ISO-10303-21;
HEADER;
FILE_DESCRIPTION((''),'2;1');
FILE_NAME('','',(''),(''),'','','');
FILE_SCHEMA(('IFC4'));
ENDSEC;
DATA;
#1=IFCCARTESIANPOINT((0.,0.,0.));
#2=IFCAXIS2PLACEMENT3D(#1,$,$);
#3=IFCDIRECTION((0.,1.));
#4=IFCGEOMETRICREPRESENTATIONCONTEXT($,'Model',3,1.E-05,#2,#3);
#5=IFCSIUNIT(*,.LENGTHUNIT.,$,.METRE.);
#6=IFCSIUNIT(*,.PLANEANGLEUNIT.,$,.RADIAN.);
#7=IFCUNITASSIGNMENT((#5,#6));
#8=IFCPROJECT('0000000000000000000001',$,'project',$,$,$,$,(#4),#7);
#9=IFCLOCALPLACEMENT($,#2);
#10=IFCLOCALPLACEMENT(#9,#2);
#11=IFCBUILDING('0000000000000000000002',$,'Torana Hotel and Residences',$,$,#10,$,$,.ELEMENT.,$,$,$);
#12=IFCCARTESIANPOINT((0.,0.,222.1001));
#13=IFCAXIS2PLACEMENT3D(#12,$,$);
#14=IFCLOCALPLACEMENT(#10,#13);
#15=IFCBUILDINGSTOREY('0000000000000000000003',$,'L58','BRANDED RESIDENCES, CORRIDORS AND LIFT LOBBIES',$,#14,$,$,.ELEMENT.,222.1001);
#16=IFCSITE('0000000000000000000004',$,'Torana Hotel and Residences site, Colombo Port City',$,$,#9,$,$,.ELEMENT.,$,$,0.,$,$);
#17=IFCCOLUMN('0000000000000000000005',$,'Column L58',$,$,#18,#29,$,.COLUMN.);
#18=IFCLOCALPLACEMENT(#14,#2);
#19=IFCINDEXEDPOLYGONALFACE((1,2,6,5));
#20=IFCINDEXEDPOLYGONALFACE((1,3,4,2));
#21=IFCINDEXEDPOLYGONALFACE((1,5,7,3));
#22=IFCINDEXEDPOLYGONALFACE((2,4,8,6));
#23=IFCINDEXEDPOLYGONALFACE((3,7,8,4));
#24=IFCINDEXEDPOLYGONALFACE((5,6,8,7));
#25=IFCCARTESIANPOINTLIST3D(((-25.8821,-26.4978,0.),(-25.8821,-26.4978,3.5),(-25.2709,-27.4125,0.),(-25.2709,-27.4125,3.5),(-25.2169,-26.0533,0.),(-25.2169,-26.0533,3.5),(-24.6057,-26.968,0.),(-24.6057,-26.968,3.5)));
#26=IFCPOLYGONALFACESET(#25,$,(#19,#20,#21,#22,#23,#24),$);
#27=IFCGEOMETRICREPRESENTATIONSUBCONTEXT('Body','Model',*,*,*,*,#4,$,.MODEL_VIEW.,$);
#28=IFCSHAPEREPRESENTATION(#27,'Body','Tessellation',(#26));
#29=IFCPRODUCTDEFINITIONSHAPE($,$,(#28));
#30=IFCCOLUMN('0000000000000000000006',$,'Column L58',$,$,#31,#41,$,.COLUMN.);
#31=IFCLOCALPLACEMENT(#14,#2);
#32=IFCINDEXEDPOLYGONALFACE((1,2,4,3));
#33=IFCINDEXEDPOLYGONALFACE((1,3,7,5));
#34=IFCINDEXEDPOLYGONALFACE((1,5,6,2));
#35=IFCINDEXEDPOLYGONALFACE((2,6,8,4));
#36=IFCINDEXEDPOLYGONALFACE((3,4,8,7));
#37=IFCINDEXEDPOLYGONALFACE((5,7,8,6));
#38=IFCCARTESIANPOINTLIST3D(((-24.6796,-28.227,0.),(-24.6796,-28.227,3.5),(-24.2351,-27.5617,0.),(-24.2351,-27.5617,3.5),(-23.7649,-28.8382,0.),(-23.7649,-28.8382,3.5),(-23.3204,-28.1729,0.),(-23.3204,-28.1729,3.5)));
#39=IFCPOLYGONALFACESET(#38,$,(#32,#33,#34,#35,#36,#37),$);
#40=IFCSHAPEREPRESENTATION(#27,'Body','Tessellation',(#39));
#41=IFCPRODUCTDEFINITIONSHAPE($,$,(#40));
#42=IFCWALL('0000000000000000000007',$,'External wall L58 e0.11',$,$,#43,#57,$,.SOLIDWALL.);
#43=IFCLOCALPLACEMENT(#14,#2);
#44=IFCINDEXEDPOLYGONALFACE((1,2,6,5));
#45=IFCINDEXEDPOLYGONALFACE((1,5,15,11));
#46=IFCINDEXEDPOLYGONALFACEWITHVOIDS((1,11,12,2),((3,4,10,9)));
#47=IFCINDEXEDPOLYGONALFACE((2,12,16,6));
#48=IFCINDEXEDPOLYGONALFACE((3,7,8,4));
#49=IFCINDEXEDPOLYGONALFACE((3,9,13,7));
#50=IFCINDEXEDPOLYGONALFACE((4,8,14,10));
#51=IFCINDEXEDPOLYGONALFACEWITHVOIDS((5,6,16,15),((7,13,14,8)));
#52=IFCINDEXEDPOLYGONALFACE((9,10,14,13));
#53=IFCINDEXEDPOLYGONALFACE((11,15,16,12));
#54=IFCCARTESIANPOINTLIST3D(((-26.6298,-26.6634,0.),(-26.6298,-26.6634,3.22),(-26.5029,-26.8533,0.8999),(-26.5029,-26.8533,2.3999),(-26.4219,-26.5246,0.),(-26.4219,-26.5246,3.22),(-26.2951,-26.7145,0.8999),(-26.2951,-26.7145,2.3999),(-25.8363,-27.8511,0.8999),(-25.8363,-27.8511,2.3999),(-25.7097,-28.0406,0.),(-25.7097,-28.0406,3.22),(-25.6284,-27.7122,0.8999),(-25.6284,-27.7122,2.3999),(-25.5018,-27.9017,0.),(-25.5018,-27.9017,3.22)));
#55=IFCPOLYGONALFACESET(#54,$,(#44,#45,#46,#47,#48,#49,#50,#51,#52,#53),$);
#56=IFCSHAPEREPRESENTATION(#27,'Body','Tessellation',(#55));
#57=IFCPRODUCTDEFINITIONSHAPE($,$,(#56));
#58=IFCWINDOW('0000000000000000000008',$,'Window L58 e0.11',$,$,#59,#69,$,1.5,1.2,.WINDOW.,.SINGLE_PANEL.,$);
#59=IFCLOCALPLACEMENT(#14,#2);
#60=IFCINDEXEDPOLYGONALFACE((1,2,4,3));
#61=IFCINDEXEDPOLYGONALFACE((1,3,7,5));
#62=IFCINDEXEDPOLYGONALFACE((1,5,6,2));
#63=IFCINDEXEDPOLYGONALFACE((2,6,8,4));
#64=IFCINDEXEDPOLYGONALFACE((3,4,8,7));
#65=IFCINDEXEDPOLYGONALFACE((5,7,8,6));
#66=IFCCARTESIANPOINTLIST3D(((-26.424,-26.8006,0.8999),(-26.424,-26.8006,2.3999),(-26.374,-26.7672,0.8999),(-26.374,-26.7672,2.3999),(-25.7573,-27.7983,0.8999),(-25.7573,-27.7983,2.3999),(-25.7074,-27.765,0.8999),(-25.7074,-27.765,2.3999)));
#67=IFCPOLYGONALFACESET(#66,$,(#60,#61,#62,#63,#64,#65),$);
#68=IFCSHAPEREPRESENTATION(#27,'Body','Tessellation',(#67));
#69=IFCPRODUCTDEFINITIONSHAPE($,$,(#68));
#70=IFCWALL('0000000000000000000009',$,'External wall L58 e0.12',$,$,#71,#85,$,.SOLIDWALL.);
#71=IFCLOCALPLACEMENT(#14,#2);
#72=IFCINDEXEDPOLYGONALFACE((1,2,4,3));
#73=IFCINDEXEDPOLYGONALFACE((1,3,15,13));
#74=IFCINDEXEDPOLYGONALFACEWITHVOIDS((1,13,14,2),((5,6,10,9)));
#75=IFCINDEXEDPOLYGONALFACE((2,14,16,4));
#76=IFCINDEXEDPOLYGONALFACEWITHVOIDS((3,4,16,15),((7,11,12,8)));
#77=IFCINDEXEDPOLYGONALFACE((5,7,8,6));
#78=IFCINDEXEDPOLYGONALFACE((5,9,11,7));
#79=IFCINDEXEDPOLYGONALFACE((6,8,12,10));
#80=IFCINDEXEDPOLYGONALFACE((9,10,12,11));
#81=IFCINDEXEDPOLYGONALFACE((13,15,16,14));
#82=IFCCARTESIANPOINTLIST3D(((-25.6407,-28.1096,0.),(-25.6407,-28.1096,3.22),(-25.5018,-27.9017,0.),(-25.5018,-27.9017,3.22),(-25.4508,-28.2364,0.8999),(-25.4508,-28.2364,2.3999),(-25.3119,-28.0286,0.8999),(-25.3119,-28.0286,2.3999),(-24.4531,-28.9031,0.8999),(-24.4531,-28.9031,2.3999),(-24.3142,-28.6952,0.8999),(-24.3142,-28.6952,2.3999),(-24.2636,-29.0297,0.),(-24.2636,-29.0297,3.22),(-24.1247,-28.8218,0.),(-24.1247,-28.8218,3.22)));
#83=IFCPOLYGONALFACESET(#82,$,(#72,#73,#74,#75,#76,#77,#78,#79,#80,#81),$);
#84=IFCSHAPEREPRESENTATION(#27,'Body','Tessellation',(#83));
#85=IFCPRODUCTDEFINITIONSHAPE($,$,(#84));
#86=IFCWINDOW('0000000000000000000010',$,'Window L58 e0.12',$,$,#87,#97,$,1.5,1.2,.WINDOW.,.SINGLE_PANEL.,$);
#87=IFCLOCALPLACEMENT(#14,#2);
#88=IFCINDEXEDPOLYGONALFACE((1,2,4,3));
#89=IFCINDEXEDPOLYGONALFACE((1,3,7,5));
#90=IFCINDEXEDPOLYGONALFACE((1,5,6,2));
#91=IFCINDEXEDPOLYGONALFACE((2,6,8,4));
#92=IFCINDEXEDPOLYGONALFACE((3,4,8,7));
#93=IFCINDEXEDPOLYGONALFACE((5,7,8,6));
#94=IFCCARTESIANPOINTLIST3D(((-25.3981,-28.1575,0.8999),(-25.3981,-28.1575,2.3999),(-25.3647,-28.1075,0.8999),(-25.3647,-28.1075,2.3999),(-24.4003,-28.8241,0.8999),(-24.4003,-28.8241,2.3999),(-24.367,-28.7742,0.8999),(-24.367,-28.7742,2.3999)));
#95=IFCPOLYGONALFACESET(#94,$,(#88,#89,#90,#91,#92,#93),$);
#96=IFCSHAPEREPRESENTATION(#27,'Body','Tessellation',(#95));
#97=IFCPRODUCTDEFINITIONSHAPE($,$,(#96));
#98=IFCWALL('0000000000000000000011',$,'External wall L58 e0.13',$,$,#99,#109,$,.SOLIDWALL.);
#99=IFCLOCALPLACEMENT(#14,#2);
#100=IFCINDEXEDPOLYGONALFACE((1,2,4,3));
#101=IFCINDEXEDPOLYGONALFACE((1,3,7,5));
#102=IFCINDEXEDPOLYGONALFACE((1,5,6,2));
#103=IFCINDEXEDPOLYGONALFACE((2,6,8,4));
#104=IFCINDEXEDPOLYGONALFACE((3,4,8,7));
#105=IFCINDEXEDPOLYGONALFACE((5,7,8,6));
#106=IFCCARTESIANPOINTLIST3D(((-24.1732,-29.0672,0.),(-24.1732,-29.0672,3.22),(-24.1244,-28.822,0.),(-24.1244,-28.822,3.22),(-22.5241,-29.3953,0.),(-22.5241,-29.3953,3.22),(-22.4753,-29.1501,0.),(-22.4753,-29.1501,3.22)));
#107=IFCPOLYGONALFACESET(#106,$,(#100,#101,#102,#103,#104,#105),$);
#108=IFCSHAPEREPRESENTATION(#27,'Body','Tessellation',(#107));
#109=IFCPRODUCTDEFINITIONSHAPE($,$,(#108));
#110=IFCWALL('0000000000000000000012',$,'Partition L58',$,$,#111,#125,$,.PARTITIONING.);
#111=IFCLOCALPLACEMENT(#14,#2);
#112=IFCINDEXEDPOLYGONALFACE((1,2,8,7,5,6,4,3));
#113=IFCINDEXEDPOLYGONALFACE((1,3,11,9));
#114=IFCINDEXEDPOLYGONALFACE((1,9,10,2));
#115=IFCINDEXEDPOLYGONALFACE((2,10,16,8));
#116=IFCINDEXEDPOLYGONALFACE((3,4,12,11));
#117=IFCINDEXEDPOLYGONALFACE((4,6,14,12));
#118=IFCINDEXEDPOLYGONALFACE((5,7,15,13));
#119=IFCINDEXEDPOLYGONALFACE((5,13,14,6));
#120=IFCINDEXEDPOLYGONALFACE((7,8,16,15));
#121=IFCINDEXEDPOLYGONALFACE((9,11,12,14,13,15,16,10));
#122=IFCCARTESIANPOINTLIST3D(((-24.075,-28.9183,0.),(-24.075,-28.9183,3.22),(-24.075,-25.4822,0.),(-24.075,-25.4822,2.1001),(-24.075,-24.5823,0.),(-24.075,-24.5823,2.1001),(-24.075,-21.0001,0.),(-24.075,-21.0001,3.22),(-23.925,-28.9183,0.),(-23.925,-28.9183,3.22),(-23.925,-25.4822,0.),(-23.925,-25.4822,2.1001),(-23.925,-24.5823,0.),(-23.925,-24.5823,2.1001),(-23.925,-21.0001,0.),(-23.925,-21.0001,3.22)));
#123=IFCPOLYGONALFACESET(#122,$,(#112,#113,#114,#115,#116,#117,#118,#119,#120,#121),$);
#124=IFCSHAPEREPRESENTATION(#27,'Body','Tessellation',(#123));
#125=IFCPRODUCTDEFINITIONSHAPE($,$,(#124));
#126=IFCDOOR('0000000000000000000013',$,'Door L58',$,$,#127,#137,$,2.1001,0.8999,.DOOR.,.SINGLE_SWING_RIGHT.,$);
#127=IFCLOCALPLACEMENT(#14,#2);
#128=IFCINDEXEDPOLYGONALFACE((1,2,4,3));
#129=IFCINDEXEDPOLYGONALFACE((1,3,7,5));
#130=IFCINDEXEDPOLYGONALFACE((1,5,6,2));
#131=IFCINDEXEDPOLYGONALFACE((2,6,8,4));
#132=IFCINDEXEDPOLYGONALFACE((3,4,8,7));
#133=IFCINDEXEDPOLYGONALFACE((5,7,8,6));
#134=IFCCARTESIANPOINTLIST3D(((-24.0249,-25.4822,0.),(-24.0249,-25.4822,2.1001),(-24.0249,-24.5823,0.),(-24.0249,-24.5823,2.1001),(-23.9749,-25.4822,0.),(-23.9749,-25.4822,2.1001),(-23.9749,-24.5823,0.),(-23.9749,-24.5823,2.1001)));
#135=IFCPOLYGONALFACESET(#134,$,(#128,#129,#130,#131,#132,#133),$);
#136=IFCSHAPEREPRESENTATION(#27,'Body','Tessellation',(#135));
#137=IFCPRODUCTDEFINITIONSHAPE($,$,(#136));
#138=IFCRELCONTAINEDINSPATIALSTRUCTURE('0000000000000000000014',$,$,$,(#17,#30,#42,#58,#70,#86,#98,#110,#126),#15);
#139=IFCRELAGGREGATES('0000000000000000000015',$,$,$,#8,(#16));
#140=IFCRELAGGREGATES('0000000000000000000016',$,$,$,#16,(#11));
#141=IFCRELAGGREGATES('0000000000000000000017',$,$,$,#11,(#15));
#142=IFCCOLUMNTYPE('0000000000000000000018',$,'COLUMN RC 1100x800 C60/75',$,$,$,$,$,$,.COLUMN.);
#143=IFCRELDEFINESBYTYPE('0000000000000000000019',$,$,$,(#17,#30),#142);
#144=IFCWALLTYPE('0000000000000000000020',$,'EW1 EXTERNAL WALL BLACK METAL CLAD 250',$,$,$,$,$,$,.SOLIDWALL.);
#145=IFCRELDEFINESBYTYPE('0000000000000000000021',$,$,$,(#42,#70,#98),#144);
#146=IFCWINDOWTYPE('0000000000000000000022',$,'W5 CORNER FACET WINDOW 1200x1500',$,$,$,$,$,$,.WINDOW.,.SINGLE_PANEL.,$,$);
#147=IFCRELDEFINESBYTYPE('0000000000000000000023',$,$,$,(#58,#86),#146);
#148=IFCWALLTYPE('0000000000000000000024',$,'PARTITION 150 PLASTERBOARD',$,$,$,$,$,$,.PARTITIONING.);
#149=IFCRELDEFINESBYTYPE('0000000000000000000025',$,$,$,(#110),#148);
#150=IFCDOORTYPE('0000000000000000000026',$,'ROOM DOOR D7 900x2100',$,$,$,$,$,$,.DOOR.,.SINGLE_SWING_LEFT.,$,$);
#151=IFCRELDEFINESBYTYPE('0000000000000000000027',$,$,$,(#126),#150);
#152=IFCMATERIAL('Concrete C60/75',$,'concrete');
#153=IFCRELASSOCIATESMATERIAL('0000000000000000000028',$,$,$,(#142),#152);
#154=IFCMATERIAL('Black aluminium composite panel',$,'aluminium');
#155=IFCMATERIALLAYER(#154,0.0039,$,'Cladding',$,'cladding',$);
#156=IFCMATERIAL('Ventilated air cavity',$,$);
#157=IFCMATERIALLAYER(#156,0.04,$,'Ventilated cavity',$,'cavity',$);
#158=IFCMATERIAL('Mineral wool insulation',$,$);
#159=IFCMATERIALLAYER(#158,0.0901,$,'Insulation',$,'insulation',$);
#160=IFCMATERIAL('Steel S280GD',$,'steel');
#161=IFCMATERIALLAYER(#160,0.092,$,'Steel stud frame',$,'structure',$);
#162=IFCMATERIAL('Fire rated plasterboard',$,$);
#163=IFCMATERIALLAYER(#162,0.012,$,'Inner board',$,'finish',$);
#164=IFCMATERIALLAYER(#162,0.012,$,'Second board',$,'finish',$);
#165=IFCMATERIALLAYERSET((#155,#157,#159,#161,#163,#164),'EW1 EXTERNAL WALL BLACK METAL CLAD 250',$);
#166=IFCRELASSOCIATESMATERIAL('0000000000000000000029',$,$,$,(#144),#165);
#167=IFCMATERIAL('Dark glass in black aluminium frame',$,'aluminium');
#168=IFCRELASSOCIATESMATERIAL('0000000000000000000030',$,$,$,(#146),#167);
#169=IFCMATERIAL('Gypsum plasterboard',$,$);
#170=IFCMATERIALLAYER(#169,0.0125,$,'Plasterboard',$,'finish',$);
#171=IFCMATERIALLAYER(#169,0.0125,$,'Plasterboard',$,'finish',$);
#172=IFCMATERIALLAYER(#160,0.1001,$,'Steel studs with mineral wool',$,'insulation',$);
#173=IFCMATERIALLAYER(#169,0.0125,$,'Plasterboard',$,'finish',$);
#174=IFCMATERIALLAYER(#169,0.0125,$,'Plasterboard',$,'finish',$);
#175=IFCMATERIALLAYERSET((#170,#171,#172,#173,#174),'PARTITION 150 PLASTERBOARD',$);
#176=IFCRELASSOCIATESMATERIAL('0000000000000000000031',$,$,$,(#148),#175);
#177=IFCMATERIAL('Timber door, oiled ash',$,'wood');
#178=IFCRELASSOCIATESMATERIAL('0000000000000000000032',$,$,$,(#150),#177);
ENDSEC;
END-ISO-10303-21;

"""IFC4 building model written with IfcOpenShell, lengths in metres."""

from ifc_helpers import new_model, si_unit, direction, frame, frame_2d, origin, origin_2d, place, context, subcontext, project, spatial, rectangle, extrude, material, layer, layer_set, material_profile, profile_set, type_object, element, fill, save


model = new_model("IFC4")

# Units and contexts
model_context = context("Model", 3, precision=1e-05, world=origin(), true_north=direction((0.0, 1.0)))
body_context = subcontext(model_context, "Body", "Model", "MODEL_VIEW")
ifc_project = project(units=[si_unit("LENGTHUNIT", "METRE"), si_unit("PLANEANGLEUNIT", "RADIAN")], contexts=[model_context])

# Site, building, storey
site_placement = place(None, origin())
site = spatial("IfcSite", under=ifc_project, at=site_placement, Name="Torana Hotel and Residences site, Colombo Port City", CompositionType="ELEMENT", RefElevation=0.0)
building_placement = place(site_placement, origin())
building = spatial("IfcBuilding", under=site, at=building_placement, Name="Torana Hotel and Residences", CompositionType="ELEMENT")
storey_placement = place(building_placement, frame((0.0, 0.0, 222.1001)))
storey = spatial("IfcBuildingStorey", under=building, at=storey_placement, Name="L58", Description="BRANDED RESIDENCES, CORRIDORS AND LIFT LOBBIES", CompositionType="ELEMENT", Elevation=222.1001)

# Columns
ifc_material_1 = material(Name="Concrete C60/75", Category="concrete")
ifc_material_profile = material_profile(ifc_material_1, rectangle(XDim=1.1001, YDim=0.8, at=origin_2d()), Name="RC 1100x800")
ifc_profile_set = profile_set([ifc_material_profile], Name="Concrete C60/75")
column_type = type_object("IfcColumnType", Name="COLUMN RC 1100x800 C60/75", PredefinedType="COLUMN", material=ifc_profile_set)
for number, where, z_axis, x_axis, name in (
    (1, (-25.2439, -26.7329, 0.0), (0.0, 0.0, 1.0), (-0.555585, 0.83146, 0.0), "Column L58"),
    (2, (-24.0, -28.2, 0.0), (0.0, 0.0, 1.0), (-0.83146, 0.555585, 0.0), "Column L58"),
):
    element("IfcColumn", number, at=place(storey_placement, frame(where, z_axis=z_axis, x_axis=x_axis)), inside=storey, type_object=column_type, Name=name, PredefinedType="COLUMN", context=body_context, shape_type="SweptSolid", body=[
        extrude(rectangle(XDim=1.1001, YDim=0.8, at=origin_2d()), origin(), (0.0, 0.0, 1.0), 3.5),
    ])

# Walls, openings, windows
ifc_material_2 = material(Name="Black aluminium composite panel", Category="aluminium")
ifc_layer_1 = layer(ifc_material_2, 0.0039, Name="Cladding", Category="cladding")
ifc_material_3 = material(Name="Ventilated air cavity")
ifc_layer_2 = layer(ifc_material_3, 0.04, Name="Ventilated cavity", Category="cavity")
ifc_material_4 = material(Name="Mineral wool insulation")
ifc_layer_3 = layer(ifc_material_4, 0.0901, Name="Insulation", Category="insulation")
ifc_material_5 = material(Name="Steel S280GD", Category="steel")
ifc_layer_4 = layer(ifc_material_5, 0.092, Name="Steel stud frame", Category="structure")
ifc_material_6 = material(Name="Fire rated plasterboard")
ifc_layer_5 = layer(ifc_material_6, 0.012, Name="Inner board", Category="finish")
ifc_layer_6 = layer(ifc_material_6, 0.012, Name="Second board", Category="finish")
ifc_layer_set_1 = layer_set([ifc_layer_1, ifc_layer_2, ifc_layer_3, ifc_layer_4, ifc_layer_5, ifc_layer_6], Name="EW1 EXTERNAL WALL BLACK METAL CLAD 250")
wall_type_1 = type_object("IfcWallType", Name="EW1 EXTERNAL WALL BLACK METAL CLAD 250", PredefinedType="SOLIDWALL", material=ifc_layer_set_1)
wall_1_placement = place(storey_placement, frame((-26.5259, -26.594, 0.0), z_axis=(0.0, 0.0, 1.0), x_axis=(0.55555, -0.831483, 0.0)))
wall_1 = element("IfcWall", 3, at=wall_1_placement, inside=storey, type_object=wall_type_1, Name="External wall L58 e0.11", PredefinedType="SOLIDWALL", context=body_context, shape_type="SweptSolid", body=[
    extrude(rectangle(XDim=1.6562, YDim=0.25, at=frame_2d((0.8281, 0.0))), origin(), (0.0, 0.0, 1.0), 3.22),
])
opening_1_placement = place(wall_1_placement, frame((0.2283, 0.0, 0.8999)))
opening_1 = element("IfcOpeningElement", 4, at=opening_1_placement, cuts=wall_1, PredefinedType="OPENING", context=body_context, shape_type="SweptSolid", body=[
    extrude(rectangle(XDim=1.2, YDim=1.5, at=frame_2d((0.6001, 0.75))), frame((0.0, 0.135, 0.0), z_axis=(0.0, -1.0, 0.0), x_axis=(1.0, 0.0, 0.0)), (0.0, 0.0, 1.0), 0.27),
])
ifc_material_7 = material(Name="Dark glass in black aluminium frame", Category="aluminium")
window_type_1 = type_object("IfcWindowType", Name="W5 CORNER FACET WINDOW 1200x1500", PartitioningType="SINGLE_PANEL", PredefinedType="WINDOW", material=ifc_material_7)
window_1_placement = place(opening_1_placement, origin())
window_1 = element("IfcWindow", 5, at=window_1_placement, inside=storey, type_object=window_type_1, Name="Window L58 e0.11", OverallHeight=1.5, OverallWidth=1.2, PartitioningType="SINGLE_PANEL", PredefinedType="WINDOW", context=body_context, shape_type="SweptSolid", body=[
    extrude(rectangle(XDim=1.2, YDim=1.5, at=frame_2d((0.6001, 0.75))), frame((0.0, 0.03, 0.0), z_axis=(0.0, -1.0, 0.0), x_axis=(1.0, 0.0, 0.0)), (0.0, 0.0, 1.0), 0.0601),
])
fill(opening_1, window_1)
wall_2_placement = place(storey_placement, frame((-25.5713, -28.0056, 0.0), z_axis=(0.0, 0.0, 1.0), x_axis=(0.831483, -0.55555, 0.0)))
wall_2 = element("IfcWall", 6, at=wall_2_placement, inside=storey, type_object=wall_type_1, Name="External wall L58 e0.12", PredefinedType="SOLIDWALL", context=body_context, shape_type="SweptSolid", body=[
    extrude(rectangle(XDim=1.6562, YDim=0.25, at=frame_2d((0.8281, 0.0))), origin(), (0.0, 0.0, 1.0), 3.22),
])
opening_2_placement = place(wall_2_placement, frame((0.2283, 0.0, 0.8999)))
opening_2 = element("IfcOpeningElement", 7, at=opening_2_placement, cuts=wall_2, PredefinedType="OPENING", context=body_context, shape_type="SweptSolid", body=[
    extrude(rectangle(XDim=1.2, YDim=1.5, at=frame_2d((0.6001, 0.75))), frame((0.0, 0.135, 0.0), z_axis=(0.0, -1.0, 0.0), x_axis=(1.0, 0.0, 0.0)), (0.0, 0.0, 1.0), 0.27),
])
window_2_placement = place(opening_2_placement, origin())
window_2 = element("IfcWindow", 8, at=window_2_placement, inside=storey, type_object=window_type_1, Name="Window L58 e0.12", OverallHeight=1.5, OverallWidth=1.2, PartitioningType="SINGLE_PANEL", PredefinedType="WINDOW", context=body_context, shape_type="SweptSolid", body=[
    extrude(rectangle(XDim=1.2, YDim=1.5, at=frame_2d((0.6001, 0.75))), frame((0.0, 0.03, 0.0), z_axis=(0.0, -1.0, 0.0), x_axis=(1.0, 0.0, 0.0)), (0.0, 0.0, 1.0), 0.0601),
])
fill(opening_2, window_2)

# Wall
wall_3_placement = place(storey_placement, frame((-24.1489, -28.9446, 0.0), z_axis=(0.0, 0.0, 1.0), x_axis=(0.980776, -0.195139, 0.0)))
element("IfcWall", 9, at=wall_3_placement, inside=storey, type_object=wall_type_1, Name="External wall L58 e0.13", PredefinedType="SOLIDWALL", context=body_context, shape_type="SweptSolid", body=[
    extrude(rectangle(XDim=1.6814, YDim=0.25, at=frame_2d((0.8408, 0.0))), origin(), (0.0, 0.0, 1.0), 3.22),
])

# Wall, opening, door
ifc_material_8 = material(Name="Gypsum plasterboard")
ifc_layer_7 = layer(ifc_material_8, 0.0125, Name="Plasterboard", Category="finish")
ifc_layer_8 = layer(ifc_material_8, 0.0125, Name="Plasterboard", Category="finish")
ifc_layer_9 = layer(ifc_material_5, 0.1001, Name="Steel studs with mineral wool", Category="insulation")
ifc_layer_10 = layer(ifc_material_8, 0.0125, Name="Plasterboard", Category="finish")
ifc_layer_11 = layer(ifc_material_8, 0.0125, Name="Plasterboard", Category="finish")
ifc_layer_set_2 = layer_set([ifc_layer_7, ifc_layer_8, ifc_layer_9, ifc_layer_10, ifc_layer_11], Name="PARTITION 150 PLASTERBOARD")
wall_type_2 = type_object("IfcWallType", Name="PARTITION 150 PLASTERBOARD", PredefinedType="PARTITIONING", material=ifc_layer_set_2)
wall_4_placement = place(storey_placement, frame((-24.0, -28.9182, 0.0), z_axis=(0.0, 0.0, 1.0), x_axis=(0.0, 1.0, 0.0)))
wall_4 = element("IfcWall", 10, at=wall_4_placement, inside=storey, type_object=wall_type_2, Name="Partition L58", PredefinedType="PARTITIONING", context=body_context, shape_type="SweptSolid", body=[
    extrude(rectangle(XDim=7.9182, YDim=0.1499, at=frame_2d((3.959, 0.0))), origin(), (0.0, 0.0, 1.0), 3.22),
])
opening_3_placement = place(wall_4_placement, frame((3.436, 0.0, 0.0)))
opening_3 = element("IfcOpeningElement", 11, at=opening_3_placement, cuts=wall_4, PredefinedType="OPENING", context=body_context, shape_type="SweptSolid", body=[
    extrude(rectangle(XDim=0.8999, YDim=2.1001, at=frame_2d((0.45, 1.05))), frame((0.0, 0.085, 0.0), z_axis=(0.0, -1.0, 0.0), x_axis=(1.0, 0.0, 0.0)), (0.0, 0.0, 1.0), 0.1699),
])
ifc_material_9 = material(Name="Timber door, oiled ash", Category="wood")
door_type_1 = type_object("IfcDoorType", Name="ROOM DOOR D7 900x2100", OperationType="SINGLE_SWING_LEFT", PredefinedType="DOOR", material=ifc_material_9)
door_1_placement = place(opening_3_placement, origin())
door_1 = element("IfcDoor", 12, at=door_1_placement, inside=storey, type_object=door_type_1, Name="Door L58", OperationType="SINGLE_SWING_RIGHT", OverallHeight=2.1001, OverallWidth=0.8999, PredefinedType="DOOR", context=body_context, shape_type="SweptSolid", body=[
    extrude(rectangle(XDim=0.8999, YDim=2.1001, at=frame_2d((0.45, 1.05))), frame((0.0, 0.0249, 0.0), z_axis=(0.0, -1.0, 0.0), x_axis=(1.0, 0.0, 0.0)), (0.0, 0.0, 1.0), 0.05),
])
fill(opening_3, door_1)

save(model, "model.ifc")
